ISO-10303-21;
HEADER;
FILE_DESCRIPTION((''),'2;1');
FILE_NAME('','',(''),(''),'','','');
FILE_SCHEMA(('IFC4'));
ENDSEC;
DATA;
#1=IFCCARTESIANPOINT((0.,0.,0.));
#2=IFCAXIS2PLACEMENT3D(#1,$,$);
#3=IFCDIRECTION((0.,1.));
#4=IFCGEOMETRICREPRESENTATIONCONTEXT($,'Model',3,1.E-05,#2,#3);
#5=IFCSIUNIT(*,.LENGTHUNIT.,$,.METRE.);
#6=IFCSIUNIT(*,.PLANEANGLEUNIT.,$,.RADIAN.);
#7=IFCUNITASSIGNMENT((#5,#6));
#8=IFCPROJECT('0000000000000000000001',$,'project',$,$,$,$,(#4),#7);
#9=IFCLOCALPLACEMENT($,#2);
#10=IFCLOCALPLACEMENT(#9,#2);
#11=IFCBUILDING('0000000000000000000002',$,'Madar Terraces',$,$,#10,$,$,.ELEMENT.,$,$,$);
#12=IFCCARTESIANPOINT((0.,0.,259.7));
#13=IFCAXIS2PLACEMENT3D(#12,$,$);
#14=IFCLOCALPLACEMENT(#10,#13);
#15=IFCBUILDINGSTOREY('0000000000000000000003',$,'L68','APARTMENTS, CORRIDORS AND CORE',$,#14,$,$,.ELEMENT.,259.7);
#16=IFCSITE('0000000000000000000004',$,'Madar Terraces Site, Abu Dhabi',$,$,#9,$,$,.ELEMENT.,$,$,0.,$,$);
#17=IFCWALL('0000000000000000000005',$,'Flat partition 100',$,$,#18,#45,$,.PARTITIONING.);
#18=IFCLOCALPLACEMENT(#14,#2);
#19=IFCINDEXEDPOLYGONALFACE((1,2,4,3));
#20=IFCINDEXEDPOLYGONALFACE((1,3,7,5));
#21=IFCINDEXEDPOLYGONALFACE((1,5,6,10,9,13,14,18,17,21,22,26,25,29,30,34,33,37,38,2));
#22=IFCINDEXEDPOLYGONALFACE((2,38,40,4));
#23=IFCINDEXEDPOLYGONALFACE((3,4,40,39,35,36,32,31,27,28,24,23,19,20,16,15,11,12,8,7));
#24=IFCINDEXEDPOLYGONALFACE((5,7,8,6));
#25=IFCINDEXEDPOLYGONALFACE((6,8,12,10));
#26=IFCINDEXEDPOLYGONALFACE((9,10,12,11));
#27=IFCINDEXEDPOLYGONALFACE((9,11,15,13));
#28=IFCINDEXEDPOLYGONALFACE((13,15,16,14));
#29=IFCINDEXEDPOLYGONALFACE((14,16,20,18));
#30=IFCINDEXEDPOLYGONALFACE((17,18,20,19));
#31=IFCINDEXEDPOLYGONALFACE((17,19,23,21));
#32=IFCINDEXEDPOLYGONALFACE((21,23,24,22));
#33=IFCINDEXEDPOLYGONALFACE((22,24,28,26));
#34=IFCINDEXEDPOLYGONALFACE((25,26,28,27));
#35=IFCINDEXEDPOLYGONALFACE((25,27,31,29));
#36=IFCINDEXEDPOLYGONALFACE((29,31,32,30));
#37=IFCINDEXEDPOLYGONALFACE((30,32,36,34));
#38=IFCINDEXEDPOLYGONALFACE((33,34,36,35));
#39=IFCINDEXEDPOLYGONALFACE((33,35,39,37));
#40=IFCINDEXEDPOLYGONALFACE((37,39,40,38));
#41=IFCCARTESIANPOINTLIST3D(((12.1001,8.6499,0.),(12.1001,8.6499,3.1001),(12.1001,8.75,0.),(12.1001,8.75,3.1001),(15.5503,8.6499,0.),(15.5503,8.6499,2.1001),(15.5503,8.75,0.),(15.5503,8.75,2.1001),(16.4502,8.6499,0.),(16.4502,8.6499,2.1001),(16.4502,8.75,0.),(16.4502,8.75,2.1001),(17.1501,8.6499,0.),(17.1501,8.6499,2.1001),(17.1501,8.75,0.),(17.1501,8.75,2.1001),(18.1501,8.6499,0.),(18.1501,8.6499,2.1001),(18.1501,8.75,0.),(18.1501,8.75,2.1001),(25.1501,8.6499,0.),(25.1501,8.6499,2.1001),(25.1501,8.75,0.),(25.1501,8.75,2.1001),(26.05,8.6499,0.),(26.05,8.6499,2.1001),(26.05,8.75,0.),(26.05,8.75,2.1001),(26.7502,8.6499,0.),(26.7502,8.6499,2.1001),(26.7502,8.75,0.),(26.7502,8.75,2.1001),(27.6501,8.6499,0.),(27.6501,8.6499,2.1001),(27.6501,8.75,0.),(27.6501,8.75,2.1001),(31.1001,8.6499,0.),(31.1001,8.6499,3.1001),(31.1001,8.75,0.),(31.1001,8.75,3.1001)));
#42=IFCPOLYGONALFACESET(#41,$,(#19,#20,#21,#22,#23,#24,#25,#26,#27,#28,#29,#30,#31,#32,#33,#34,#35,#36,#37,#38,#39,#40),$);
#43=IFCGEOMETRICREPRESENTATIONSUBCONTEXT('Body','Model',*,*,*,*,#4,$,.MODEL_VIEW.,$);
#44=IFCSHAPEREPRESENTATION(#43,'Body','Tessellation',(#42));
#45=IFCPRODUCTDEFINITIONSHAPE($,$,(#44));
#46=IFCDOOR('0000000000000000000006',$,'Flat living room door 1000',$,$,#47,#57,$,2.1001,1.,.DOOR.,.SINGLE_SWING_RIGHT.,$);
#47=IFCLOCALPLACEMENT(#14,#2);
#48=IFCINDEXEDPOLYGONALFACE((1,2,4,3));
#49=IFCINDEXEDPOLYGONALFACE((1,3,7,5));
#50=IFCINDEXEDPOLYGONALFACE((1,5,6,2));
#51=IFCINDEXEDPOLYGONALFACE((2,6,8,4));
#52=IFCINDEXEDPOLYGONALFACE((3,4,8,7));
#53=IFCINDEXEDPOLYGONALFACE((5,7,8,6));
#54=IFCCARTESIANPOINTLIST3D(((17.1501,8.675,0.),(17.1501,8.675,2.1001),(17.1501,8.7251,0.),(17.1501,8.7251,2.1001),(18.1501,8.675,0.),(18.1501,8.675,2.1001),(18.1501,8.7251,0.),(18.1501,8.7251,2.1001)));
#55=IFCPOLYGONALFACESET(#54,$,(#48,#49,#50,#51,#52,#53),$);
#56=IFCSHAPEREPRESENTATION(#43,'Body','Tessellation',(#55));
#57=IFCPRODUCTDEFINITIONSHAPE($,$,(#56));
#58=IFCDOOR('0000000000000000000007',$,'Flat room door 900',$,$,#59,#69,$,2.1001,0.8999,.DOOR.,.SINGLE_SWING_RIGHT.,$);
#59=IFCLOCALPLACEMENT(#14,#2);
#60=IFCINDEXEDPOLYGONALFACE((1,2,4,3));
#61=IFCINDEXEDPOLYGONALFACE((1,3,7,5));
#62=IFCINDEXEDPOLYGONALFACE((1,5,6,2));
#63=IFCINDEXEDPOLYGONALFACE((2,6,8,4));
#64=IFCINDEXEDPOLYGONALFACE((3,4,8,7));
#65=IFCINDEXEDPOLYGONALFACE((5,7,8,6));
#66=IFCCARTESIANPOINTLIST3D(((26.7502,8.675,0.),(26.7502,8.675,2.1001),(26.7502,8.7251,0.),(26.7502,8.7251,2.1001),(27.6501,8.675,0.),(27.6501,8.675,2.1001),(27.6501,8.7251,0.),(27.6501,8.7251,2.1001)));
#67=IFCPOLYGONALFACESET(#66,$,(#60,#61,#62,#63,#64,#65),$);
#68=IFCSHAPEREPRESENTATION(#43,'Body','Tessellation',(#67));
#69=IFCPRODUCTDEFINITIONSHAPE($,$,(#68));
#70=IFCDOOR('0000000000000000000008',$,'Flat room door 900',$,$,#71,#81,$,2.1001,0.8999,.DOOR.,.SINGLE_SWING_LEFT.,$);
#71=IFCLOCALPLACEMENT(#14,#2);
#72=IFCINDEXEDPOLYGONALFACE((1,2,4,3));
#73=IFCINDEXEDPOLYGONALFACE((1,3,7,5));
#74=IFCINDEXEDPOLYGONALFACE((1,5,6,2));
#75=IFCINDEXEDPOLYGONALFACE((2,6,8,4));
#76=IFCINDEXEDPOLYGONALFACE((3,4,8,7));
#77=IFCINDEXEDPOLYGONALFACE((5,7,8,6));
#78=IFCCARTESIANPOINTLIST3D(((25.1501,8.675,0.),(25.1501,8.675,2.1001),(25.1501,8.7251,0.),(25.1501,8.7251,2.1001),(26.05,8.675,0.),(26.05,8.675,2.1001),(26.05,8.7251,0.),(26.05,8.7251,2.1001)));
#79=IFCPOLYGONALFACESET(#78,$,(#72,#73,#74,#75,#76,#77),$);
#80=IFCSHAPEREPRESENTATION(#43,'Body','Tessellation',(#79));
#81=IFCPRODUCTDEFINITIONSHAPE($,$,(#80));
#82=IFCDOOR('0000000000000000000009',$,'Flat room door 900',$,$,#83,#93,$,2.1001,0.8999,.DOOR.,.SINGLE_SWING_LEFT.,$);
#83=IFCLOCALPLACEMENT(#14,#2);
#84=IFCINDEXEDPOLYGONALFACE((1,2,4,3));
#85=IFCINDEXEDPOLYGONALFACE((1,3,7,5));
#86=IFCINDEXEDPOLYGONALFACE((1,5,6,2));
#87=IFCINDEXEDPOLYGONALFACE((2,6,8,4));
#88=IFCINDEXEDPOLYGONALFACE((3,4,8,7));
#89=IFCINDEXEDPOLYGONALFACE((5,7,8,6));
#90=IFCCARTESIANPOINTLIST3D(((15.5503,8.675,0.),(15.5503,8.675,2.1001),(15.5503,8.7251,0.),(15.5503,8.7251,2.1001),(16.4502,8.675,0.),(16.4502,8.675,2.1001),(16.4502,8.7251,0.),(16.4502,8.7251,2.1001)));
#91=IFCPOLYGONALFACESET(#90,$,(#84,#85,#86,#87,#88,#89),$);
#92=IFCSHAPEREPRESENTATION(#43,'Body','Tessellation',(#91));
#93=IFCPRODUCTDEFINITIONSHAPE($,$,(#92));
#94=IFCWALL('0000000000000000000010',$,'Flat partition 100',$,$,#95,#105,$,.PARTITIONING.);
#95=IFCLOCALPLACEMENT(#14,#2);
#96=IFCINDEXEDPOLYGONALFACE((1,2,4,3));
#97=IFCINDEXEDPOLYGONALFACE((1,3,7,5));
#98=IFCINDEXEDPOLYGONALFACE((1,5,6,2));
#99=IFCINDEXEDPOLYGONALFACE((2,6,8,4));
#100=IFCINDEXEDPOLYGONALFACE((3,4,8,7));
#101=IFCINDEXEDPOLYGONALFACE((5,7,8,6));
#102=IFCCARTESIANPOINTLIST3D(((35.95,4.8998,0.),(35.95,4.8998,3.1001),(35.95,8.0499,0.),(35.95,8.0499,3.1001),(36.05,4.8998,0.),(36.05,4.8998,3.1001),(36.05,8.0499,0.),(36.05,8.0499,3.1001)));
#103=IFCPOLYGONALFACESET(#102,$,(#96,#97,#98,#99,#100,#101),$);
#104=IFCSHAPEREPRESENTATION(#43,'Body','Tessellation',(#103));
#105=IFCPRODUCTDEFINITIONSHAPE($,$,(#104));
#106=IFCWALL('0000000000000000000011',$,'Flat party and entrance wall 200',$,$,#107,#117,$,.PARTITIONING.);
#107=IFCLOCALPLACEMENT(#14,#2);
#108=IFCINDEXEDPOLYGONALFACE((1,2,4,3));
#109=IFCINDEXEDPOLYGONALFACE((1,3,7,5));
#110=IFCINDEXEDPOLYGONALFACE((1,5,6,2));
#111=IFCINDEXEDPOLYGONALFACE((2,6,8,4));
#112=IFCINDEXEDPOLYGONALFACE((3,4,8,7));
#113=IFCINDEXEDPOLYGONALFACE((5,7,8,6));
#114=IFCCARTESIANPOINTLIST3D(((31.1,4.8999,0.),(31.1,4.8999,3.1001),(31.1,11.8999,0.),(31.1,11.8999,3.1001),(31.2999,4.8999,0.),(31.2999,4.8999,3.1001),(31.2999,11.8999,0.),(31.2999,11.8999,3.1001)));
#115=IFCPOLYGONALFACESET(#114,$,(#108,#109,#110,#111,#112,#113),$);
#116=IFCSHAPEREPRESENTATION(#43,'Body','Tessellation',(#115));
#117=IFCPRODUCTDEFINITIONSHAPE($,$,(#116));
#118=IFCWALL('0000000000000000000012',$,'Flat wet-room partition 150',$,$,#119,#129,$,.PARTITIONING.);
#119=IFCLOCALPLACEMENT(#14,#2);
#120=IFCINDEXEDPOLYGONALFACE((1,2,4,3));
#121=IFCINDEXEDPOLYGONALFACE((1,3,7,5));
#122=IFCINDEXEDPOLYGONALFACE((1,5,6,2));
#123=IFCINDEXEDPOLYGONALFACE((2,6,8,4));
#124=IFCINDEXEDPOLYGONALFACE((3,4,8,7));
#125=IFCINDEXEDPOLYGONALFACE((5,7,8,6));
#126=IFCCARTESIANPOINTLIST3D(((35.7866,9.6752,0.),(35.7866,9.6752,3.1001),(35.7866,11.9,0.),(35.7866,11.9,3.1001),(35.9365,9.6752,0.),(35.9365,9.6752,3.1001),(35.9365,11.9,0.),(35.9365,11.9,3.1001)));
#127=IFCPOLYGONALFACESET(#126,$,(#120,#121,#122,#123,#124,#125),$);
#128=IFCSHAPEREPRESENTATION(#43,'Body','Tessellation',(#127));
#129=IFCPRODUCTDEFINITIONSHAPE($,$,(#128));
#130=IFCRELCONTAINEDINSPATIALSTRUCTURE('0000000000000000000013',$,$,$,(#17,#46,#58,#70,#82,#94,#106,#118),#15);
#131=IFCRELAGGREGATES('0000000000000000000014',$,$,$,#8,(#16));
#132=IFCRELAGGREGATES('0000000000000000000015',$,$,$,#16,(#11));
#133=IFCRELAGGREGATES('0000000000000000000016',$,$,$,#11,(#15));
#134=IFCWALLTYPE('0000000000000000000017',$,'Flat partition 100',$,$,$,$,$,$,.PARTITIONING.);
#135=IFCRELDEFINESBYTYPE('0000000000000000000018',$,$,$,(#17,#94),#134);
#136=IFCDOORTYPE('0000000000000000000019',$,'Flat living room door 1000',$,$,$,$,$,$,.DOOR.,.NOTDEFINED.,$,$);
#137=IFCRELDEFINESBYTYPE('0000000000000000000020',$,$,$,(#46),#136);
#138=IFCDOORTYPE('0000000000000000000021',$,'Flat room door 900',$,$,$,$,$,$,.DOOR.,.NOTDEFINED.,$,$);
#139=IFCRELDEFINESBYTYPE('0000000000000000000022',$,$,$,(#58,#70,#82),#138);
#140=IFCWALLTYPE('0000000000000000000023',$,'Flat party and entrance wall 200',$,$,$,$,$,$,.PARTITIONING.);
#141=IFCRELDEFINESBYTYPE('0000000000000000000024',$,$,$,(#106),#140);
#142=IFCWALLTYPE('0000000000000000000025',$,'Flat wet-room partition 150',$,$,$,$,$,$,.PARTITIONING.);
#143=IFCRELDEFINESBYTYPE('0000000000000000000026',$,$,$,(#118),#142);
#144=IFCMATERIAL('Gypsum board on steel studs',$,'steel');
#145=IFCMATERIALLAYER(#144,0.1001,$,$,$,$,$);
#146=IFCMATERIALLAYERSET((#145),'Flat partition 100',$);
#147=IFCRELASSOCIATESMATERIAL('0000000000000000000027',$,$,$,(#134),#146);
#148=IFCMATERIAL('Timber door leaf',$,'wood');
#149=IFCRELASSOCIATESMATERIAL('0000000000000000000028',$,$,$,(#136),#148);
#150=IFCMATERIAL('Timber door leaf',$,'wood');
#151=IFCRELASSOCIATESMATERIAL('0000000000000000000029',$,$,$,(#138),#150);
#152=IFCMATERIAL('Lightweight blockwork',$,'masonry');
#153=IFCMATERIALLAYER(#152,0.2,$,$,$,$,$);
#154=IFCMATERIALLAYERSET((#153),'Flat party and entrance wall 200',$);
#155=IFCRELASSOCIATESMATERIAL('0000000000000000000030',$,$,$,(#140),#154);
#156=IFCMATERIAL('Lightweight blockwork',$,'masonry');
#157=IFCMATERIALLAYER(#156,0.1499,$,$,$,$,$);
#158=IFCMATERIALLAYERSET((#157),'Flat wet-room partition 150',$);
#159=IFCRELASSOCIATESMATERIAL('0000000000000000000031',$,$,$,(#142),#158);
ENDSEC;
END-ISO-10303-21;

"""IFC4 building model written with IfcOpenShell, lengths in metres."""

from ifc_helpers import new_model, si_unit, direction, frame, frame_2d, origin, place, context, subcontext, project, spatial, rectangle, extrude, material, layer, layer_set, type_object, element, fill, save


model = new_model("IFC4")

# Units and contexts
model_context = context("Model", 3, precision=1e-05, world=origin(), true_north=direction((0.0, 1.0)))
body_context = subcontext(model_context, "Body", "Model", "MODEL_VIEW")
ifc_project = project(units=[si_unit("LENGTHUNIT", "METRE"), si_unit("PLANEANGLEUNIT", "RADIAN")], contexts=[model_context])

# Site, building, storey
site_placement = place(None, origin())
site = spatial("IfcSite", under=ifc_project, at=site_placement, Name="Madar Terraces Site, Abu Dhabi", CompositionType="ELEMENT", RefElevation=0.0)
building_placement = place(site_placement, origin())
building = spatial("IfcBuilding", under=site, at=building_placement, Name="Madar Terraces", CompositionType="ELEMENT")
storey_placement = place(building_placement, frame((0.0, 0.0, 259.7)))
storey = spatial("IfcBuildingStorey", under=building, at=storey_placement, Name="L68", Description="APARTMENTS, CORRIDORS AND CORE", CompositionType="ELEMENT", Elevation=259.7)

# Wall, openings, doors
ifc_material_1 = material(Name="Gypsum board on steel studs", Category="steel")
ifc_layer_1 = layer(ifc_material_1, 0.1001)
ifc_layer_set_1 = layer_set([ifc_layer_1], Name="Flat partition 100")
wall_type_1 = type_object("IfcWallType", Name="Flat partition 100", PredefinedType="PARTITIONING", material=ifc_layer_set_1)
wall_1_placement = place(storey_placement, frame((31.1001, 8.7, 0.0), z_axis=(0.0, 0.0, 1.0), x_axis=(-1.0, 0.0, 0.0)))
wall_1 = element("IfcWall", 1, at=wall_1_placement, inside=storey, type_object=wall_type_1, Name="Flat partition 100", PredefinedType="PARTITIONING", context=body_context, shape_type="SweptSolid", body=[
    extrude(rectangle(XDim=19.0, YDim=0.1001, at=frame_2d((9.5, 0.0))), origin(), (0.0, 0.0, 1.0), 3.1001),
])
opening_1_placement = place(wall_1_placement, frame((3.45, 0.0, 0.0)))
opening_1 = element("IfcOpeningElement", 2, at=opening_1_placement, cuts=wall_1, PredefinedType="OPENING", context=body_context, shape_type="SweptSolid", body=[
    extrude(rectangle(XDim=0.8999, YDim=2.1001, at=frame_2d((0.45, 1.05))), frame((0.0, 0.0601, 0.0), z_axis=(0.0, -1.0, 0.0), x_axis=(1.0, 0.0, 0.0)), (0.0, 0.0, 1.0), 0.1201),
])
opening_2_placement = place(wall_1_placement, frame((5.05, 0.0, 0.0)))
opening_2 = element("IfcOpeningElement", 3, at=opening_2_placement, cuts=wall_1, PredefinedType="OPENING", context=body_context, shape_type="SweptSolid", body=[
    extrude(rectangle(XDim=0.8999, YDim=2.1001, at=frame_2d((0.45, 1.05))), frame((0.0, 0.0601, 0.0), z_axis=(0.0, -1.0, 0.0), x_axis=(1.0, 0.0, 0.0)), (0.0, 0.0, 1.0), 0.1201),
])
opening_3_placement = place(wall_1_placement, frame((12.95, 0.0, 0.0)))
opening_3 = element("IfcOpeningElement", 4, at=opening_3_placement, cuts=wall_1, PredefinedType="OPENING", context=body_context, shape_type="SweptSolid", body=[
    extrude(rectangle(XDim=1.0, YDim=2.1001, at=frame_2d((0.5, 1.05))), frame((0.0, 0.0601, 0.0), z_axis=(0.0, -1.0, 0.0), x_axis=(1.0, 0.0, 0.0)), (0.0, 0.0, 1.0), 0.1201),
])
opening_4_placement = place(wall_1_placement, frame((14.6499, 0.0, 0.0)))
opening_4 = element("IfcOpeningElement", 5, at=opening_4_placement, cuts=wall_1, PredefinedType="OPENING", context=body_context, shape_type="SweptSolid", body=[
    extrude(rectangle(XDim=0.8999, YDim=2.1001, at=frame_2d((0.45, 1.05))), frame((0.0, 0.0601, 0.0), z_axis=(0.0, -1.0, 0.0), x_axis=(1.0, 0.0, 0.0)), (0.0, 0.0, 1.0), 0.1201),
])
ifc_material_2 = material(Name="Timber door leaf", Category="wood")
door_type_1 = type_object("IfcDoorType", Name="Flat living room door 1000", OperationType="NOTDEFINED", PredefinedType="DOOR", material=ifc_material_2)
door_1_placement = place(opening_3_placement, origin())
door_1 = element("IfcDoor", 6, at=door_1_placement, inside=storey, type_object=door_type_1, Name="Flat living room door 1000", OperationType="SINGLE_SWING_RIGHT", OverallHeight=2.1001, OverallWidth=1.0, PredefinedType="DOOR", context=body_context, shape_type="SweptSolid", body=[
    extrude(rectangle(XDim=1.0, YDim=2.1001, at=frame_2d((0.5, 1.05))), frame((0.0, 0.0249, 0.0), z_axis=(0.0, -1.0, 0.0), x_axis=(1.0, 0.0, 0.0)), (0.0, 0.0, 1.0), 0.05),
])
fill(opening_3, door_1)
ifc_material_3 = material(Name="Timber door leaf", Category="wood")
door_type_2 = type_object("IfcDoorType", Name="Flat room door 900", OperationType="NOTDEFINED", PredefinedType="DOOR", material=ifc_material_3)
door_2_placement = place(opening_1_placement, origin())
door_2 = element("IfcDoor", 7, at=door_2_placement, inside=storey, type_object=door_type_2, Name="Flat room door 900", OperationType="SINGLE_SWING_RIGHT", OverallHeight=2.1001, OverallWidth=0.8999, PredefinedType="DOOR", context=body_context, shape_type="SweptSolid", body=[
    extrude(rectangle(XDim=0.8999, YDim=2.1001, at=frame_2d((0.45, 1.05))), frame((0.0, 0.0249, 0.0), z_axis=(0.0, -1.0, 0.0), x_axis=(1.0, 0.0, 0.0)), (0.0, 0.0, 1.0), 0.05),
])
fill(opening_1, door_2)
door_3_placement = place(opening_2_placement, origin())
door_3 = element("IfcDoor", 8, at=door_3_placement, inside=storey, type_object=door_type_2, Name="Flat room door 900", OperationType="SINGLE_SWING_LEFT", OverallHeight=2.1001, OverallWidth=0.8999, PredefinedType="DOOR", context=body_context, shape_type="SweptSolid", body=[
    extrude(rectangle(XDim=0.8999, YDim=2.1001, at=frame_2d((0.45, 1.05))), frame((0.0, 0.0249, 0.0), z_axis=(0.0, -1.0, 0.0), x_axis=(1.0, 0.0, 0.0)), (0.0, 0.0, 1.0), 0.05),
])
fill(opening_2, door_3)
door_4_placement = place(opening_4_placement, origin())
door_4 = element("IfcDoor", 9, at=door_4_placement, inside=storey, type_object=door_type_2, Name="Flat room door 900", OperationType="SINGLE_SWING_LEFT", OverallHeight=2.1001, OverallWidth=0.8999, PredefinedType="DOOR", context=body_context, shape_type="SweptSolid", body=[
    extrude(rectangle(XDim=0.8999, YDim=2.1001, at=frame_2d((0.45, 1.05))), frame((0.0, 0.0249, 0.0), z_axis=(0.0, -1.0, 0.0), x_axis=(1.0, 0.0, 0.0)), (0.0, 0.0, 1.0), 0.05),
])
fill(opening_4, door_4)

# Walls
wall_2_placement = place(storey_placement, frame((36.0, 8.05, 0.0), z_axis=(0.0, 0.0, 1.0), x_axis=(0.0, -1.0, 0.0)))
element("IfcWall", 10, at=wall_2_placement, inside=storey, type_object=wall_type_1, Name="Flat partition 100", PredefinedType="PARTITIONING", context=body_context, shape_type="SweptSolid", body=[
    extrude(rectangle(XDim=3.1501, YDim=0.1001, at=frame_2d((1.5752, 0.0))), origin(), (0.0, 0.0, 1.0), 3.1001),
])
ifc_material_4 = material(Name="Lightweight blockwork", Category="masonry")
ifc_layer_2 = layer(ifc_material_4, 0.2)
ifc_layer_set_2 = layer_set([ifc_layer_2], Name="Flat party and entrance wall 200")
wall_type_2 = type_object("IfcWallType", Name="Flat party and entrance wall 200", PredefinedType="PARTITIONING", material=ifc_layer_set_2)
wall_3_placement = place(storey_placement, frame((31.2, 11.8999, 0.0), z_axis=(0.0, 0.0, 1.0), x_axis=(0.0, -1.0, 0.0)))
element("IfcWall", 11, at=wall_3_placement, inside=storey, type_object=wall_type_2, Name="Flat party and entrance wall 200", PredefinedType="PARTITIONING", context=body_context, shape_type="SweptSolid", body=[
    extrude(rectangle(XDim=7.0, YDim=0.2, at=frame_2d((3.5, 0.0))), origin(), (0.0, 0.0, 1.0), 3.1001),
])
ifc_material_5 = material(Name="Lightweight blockwork", Category="masonry")
ifc_layer_3 = layer(ifc_material_5, 0.1499)
ifc_layer_set_3 = layer_set([ifc_layer_3], Name="Flat wet-room partition 150")
wall_type_3 = type_object("IfcWallType", Name="Flat wet-room partition 150", PredefinedType="PARTITIONING", material=ifc_layer_set_3)
wall_4_placement = place(storey_placement, frame((35.8616, 11.8999, 0.0), z_axis=(0.0, 0.0, 1.0), x_axis=(0.0, -1.0, 0.0)))
element("IfcWall", 12, at=wall_4_placement, inside=storey, type_object=wall_type_3, Name="Flat wet-room partition 150", PredefinedType="PARTITIONING", context=body_context, shape_type="SweptSolid", body=[
    extrude(rectangle(XDim=2.2249, YDim=0.1499, at=frame_2d((1.1123, 0.0))), origin(), (0.0, 0.0, 1.0), 3.1001),
])

save(model, "model.ifc")
